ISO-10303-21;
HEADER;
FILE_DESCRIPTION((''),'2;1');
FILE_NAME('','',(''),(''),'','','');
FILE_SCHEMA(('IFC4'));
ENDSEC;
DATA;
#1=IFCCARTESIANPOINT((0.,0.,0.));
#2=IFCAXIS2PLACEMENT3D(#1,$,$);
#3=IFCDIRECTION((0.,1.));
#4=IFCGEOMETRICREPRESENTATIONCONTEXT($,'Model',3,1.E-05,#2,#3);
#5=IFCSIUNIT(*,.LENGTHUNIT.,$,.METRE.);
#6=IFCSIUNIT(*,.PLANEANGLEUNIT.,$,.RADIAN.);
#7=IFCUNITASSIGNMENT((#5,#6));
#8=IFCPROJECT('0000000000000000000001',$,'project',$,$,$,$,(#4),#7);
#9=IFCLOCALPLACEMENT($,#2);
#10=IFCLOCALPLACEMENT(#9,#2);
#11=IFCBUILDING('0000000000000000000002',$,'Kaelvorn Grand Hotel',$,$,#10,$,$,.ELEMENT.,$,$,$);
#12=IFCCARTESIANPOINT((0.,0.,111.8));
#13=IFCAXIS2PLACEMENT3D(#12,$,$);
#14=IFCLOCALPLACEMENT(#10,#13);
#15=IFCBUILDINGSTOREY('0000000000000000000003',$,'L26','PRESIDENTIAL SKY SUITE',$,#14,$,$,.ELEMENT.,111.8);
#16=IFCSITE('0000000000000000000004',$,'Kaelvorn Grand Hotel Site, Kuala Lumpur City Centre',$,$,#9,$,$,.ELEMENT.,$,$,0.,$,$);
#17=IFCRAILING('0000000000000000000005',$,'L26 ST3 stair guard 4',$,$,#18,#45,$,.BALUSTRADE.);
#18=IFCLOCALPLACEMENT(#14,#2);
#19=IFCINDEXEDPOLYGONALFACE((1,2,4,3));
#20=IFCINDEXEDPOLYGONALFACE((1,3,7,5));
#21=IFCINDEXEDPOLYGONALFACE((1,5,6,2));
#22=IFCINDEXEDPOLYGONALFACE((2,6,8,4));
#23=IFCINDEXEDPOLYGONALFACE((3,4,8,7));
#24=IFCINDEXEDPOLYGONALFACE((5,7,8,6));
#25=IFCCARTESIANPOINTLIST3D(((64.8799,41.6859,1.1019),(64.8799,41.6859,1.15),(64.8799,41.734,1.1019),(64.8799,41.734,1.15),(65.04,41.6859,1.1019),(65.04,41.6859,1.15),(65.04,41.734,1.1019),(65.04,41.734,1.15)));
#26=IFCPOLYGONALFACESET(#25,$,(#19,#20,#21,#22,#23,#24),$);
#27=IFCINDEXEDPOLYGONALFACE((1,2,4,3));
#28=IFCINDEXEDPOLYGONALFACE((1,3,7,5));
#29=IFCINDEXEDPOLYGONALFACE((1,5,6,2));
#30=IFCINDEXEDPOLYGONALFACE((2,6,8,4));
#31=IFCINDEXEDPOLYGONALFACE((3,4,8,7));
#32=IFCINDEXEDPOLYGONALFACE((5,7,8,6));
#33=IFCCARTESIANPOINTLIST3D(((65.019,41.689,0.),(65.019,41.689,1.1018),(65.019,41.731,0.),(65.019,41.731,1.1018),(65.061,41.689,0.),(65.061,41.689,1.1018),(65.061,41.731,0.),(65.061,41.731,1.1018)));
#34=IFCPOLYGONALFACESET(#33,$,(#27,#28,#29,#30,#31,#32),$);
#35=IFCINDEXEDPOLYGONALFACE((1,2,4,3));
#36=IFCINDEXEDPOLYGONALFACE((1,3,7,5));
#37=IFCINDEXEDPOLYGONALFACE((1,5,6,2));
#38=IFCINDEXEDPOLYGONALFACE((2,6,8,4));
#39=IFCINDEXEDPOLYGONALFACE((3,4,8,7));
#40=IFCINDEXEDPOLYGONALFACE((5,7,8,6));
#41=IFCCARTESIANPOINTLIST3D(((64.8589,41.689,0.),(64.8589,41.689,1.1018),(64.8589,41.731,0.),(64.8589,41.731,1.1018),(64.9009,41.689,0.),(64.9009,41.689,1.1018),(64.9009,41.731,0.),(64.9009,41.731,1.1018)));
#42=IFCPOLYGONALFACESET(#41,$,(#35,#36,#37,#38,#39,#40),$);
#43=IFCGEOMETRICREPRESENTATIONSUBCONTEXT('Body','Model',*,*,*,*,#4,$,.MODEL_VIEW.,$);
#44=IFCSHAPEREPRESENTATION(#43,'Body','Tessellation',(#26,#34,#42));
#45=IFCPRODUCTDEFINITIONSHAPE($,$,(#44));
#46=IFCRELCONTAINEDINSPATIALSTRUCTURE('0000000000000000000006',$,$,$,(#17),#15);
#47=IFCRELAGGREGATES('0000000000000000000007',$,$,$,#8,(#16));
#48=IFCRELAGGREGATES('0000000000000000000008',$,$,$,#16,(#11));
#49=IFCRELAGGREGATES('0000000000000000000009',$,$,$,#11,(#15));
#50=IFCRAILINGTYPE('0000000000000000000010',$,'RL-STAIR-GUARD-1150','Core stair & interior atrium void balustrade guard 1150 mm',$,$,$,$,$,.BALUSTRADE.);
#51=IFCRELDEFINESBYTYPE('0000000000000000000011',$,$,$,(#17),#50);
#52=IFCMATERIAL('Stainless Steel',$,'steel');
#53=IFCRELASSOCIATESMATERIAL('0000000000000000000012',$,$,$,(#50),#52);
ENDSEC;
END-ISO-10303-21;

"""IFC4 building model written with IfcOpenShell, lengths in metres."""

from ifc_helpers import new_model, si_unit, direction, frame, origin, origin_2d, place, context, subcontext, project, spatial, rectangle, extrude, material, type_object, element, save


model = new_model("IFC4")

# Units and contexts
model_context = context("Model", 3, precision=1e-05, world=origin(), true_north=direction((0.0, 1.0)))
body_context = subcontext(model_context, "Body", "Model", "MODEL_VIEW")
ifc_project = project(units=[si_unit("LENGTHUNIT", "METRE"), si_unit("PLANEANGLEUNIT", "RADIAN")], contexts=[model_context])

# Site, building, storey
site_placement = place(None, origin())
site = spatial("IfcSite", under=ifc_project, at=site_placement, Name="Kaelvorn Grand Hotel Site, Kuala Lumpur City Centre", CompositionType="ELEMENT", RefElevation=0.0)
building_placement = place(site_placement, origin())
building = spatial("IfcBuilding", under=site, at=building_placement, Name="Kaelvorn Grand Hotel", CompositionType="ELEMENT")
storey_placement = place(building_placement, frame((0.0, 0.0, 111.8)))
storey = spatial("IfcBuildingStorey", under=building, at=storey_placement, Name="L26", Description="PRESIDENTIAL SKY SUITE", CompositionType="ELEMENT", Elevation=111.8)

# Shared definitions
ifc_material_1 = material(Name="Stainless Steel", Category="steel")

# Railing
railing_type_1 = type_object("IfcRailingType", Name="RL-STAIR-GUARD-1150", Description="Core stair & interior atrium void balustrade guard 1150 mm", PredefinedType="BALUSTRADE", material=ifc_material_1)
railing_1_placement = place(storey_placement, frame((65.04, 41.71, 0.0)))
element("IfcRailing", 1, at=railing_1_placement, inside=storey, type_object=railing_type_1, Name="L26 ST3 stair guard 4", PredefinedType="BALUSTRADE", context=body_context, shape_type="SweptSolid", body=[
    extrude(rectangle(XDim=0.0481, YDim=0.0481, at=origin_2d()), frame((0.0, 0.0, 1.126), z_axis=(-1.0, 0.0, 0.0), x_axis=(0.0, -1.0, 0.0)), (0.0, 0.0, 1.0), 0.1602),
    extrude(rectangle(XDim=0.042, YDim=0.042, at=origin_2d()), origin(), (0.0, 0.0, 1.0), 1.1018),
    extrude(rectangle(XDim=0.042, YDim=0.042, at=origin_2d()), frame((-0.1602, 0.0, 0.0)), (0.0, 0.0, 1.0), 1.1018),
])

save(model, "model.ifc")
